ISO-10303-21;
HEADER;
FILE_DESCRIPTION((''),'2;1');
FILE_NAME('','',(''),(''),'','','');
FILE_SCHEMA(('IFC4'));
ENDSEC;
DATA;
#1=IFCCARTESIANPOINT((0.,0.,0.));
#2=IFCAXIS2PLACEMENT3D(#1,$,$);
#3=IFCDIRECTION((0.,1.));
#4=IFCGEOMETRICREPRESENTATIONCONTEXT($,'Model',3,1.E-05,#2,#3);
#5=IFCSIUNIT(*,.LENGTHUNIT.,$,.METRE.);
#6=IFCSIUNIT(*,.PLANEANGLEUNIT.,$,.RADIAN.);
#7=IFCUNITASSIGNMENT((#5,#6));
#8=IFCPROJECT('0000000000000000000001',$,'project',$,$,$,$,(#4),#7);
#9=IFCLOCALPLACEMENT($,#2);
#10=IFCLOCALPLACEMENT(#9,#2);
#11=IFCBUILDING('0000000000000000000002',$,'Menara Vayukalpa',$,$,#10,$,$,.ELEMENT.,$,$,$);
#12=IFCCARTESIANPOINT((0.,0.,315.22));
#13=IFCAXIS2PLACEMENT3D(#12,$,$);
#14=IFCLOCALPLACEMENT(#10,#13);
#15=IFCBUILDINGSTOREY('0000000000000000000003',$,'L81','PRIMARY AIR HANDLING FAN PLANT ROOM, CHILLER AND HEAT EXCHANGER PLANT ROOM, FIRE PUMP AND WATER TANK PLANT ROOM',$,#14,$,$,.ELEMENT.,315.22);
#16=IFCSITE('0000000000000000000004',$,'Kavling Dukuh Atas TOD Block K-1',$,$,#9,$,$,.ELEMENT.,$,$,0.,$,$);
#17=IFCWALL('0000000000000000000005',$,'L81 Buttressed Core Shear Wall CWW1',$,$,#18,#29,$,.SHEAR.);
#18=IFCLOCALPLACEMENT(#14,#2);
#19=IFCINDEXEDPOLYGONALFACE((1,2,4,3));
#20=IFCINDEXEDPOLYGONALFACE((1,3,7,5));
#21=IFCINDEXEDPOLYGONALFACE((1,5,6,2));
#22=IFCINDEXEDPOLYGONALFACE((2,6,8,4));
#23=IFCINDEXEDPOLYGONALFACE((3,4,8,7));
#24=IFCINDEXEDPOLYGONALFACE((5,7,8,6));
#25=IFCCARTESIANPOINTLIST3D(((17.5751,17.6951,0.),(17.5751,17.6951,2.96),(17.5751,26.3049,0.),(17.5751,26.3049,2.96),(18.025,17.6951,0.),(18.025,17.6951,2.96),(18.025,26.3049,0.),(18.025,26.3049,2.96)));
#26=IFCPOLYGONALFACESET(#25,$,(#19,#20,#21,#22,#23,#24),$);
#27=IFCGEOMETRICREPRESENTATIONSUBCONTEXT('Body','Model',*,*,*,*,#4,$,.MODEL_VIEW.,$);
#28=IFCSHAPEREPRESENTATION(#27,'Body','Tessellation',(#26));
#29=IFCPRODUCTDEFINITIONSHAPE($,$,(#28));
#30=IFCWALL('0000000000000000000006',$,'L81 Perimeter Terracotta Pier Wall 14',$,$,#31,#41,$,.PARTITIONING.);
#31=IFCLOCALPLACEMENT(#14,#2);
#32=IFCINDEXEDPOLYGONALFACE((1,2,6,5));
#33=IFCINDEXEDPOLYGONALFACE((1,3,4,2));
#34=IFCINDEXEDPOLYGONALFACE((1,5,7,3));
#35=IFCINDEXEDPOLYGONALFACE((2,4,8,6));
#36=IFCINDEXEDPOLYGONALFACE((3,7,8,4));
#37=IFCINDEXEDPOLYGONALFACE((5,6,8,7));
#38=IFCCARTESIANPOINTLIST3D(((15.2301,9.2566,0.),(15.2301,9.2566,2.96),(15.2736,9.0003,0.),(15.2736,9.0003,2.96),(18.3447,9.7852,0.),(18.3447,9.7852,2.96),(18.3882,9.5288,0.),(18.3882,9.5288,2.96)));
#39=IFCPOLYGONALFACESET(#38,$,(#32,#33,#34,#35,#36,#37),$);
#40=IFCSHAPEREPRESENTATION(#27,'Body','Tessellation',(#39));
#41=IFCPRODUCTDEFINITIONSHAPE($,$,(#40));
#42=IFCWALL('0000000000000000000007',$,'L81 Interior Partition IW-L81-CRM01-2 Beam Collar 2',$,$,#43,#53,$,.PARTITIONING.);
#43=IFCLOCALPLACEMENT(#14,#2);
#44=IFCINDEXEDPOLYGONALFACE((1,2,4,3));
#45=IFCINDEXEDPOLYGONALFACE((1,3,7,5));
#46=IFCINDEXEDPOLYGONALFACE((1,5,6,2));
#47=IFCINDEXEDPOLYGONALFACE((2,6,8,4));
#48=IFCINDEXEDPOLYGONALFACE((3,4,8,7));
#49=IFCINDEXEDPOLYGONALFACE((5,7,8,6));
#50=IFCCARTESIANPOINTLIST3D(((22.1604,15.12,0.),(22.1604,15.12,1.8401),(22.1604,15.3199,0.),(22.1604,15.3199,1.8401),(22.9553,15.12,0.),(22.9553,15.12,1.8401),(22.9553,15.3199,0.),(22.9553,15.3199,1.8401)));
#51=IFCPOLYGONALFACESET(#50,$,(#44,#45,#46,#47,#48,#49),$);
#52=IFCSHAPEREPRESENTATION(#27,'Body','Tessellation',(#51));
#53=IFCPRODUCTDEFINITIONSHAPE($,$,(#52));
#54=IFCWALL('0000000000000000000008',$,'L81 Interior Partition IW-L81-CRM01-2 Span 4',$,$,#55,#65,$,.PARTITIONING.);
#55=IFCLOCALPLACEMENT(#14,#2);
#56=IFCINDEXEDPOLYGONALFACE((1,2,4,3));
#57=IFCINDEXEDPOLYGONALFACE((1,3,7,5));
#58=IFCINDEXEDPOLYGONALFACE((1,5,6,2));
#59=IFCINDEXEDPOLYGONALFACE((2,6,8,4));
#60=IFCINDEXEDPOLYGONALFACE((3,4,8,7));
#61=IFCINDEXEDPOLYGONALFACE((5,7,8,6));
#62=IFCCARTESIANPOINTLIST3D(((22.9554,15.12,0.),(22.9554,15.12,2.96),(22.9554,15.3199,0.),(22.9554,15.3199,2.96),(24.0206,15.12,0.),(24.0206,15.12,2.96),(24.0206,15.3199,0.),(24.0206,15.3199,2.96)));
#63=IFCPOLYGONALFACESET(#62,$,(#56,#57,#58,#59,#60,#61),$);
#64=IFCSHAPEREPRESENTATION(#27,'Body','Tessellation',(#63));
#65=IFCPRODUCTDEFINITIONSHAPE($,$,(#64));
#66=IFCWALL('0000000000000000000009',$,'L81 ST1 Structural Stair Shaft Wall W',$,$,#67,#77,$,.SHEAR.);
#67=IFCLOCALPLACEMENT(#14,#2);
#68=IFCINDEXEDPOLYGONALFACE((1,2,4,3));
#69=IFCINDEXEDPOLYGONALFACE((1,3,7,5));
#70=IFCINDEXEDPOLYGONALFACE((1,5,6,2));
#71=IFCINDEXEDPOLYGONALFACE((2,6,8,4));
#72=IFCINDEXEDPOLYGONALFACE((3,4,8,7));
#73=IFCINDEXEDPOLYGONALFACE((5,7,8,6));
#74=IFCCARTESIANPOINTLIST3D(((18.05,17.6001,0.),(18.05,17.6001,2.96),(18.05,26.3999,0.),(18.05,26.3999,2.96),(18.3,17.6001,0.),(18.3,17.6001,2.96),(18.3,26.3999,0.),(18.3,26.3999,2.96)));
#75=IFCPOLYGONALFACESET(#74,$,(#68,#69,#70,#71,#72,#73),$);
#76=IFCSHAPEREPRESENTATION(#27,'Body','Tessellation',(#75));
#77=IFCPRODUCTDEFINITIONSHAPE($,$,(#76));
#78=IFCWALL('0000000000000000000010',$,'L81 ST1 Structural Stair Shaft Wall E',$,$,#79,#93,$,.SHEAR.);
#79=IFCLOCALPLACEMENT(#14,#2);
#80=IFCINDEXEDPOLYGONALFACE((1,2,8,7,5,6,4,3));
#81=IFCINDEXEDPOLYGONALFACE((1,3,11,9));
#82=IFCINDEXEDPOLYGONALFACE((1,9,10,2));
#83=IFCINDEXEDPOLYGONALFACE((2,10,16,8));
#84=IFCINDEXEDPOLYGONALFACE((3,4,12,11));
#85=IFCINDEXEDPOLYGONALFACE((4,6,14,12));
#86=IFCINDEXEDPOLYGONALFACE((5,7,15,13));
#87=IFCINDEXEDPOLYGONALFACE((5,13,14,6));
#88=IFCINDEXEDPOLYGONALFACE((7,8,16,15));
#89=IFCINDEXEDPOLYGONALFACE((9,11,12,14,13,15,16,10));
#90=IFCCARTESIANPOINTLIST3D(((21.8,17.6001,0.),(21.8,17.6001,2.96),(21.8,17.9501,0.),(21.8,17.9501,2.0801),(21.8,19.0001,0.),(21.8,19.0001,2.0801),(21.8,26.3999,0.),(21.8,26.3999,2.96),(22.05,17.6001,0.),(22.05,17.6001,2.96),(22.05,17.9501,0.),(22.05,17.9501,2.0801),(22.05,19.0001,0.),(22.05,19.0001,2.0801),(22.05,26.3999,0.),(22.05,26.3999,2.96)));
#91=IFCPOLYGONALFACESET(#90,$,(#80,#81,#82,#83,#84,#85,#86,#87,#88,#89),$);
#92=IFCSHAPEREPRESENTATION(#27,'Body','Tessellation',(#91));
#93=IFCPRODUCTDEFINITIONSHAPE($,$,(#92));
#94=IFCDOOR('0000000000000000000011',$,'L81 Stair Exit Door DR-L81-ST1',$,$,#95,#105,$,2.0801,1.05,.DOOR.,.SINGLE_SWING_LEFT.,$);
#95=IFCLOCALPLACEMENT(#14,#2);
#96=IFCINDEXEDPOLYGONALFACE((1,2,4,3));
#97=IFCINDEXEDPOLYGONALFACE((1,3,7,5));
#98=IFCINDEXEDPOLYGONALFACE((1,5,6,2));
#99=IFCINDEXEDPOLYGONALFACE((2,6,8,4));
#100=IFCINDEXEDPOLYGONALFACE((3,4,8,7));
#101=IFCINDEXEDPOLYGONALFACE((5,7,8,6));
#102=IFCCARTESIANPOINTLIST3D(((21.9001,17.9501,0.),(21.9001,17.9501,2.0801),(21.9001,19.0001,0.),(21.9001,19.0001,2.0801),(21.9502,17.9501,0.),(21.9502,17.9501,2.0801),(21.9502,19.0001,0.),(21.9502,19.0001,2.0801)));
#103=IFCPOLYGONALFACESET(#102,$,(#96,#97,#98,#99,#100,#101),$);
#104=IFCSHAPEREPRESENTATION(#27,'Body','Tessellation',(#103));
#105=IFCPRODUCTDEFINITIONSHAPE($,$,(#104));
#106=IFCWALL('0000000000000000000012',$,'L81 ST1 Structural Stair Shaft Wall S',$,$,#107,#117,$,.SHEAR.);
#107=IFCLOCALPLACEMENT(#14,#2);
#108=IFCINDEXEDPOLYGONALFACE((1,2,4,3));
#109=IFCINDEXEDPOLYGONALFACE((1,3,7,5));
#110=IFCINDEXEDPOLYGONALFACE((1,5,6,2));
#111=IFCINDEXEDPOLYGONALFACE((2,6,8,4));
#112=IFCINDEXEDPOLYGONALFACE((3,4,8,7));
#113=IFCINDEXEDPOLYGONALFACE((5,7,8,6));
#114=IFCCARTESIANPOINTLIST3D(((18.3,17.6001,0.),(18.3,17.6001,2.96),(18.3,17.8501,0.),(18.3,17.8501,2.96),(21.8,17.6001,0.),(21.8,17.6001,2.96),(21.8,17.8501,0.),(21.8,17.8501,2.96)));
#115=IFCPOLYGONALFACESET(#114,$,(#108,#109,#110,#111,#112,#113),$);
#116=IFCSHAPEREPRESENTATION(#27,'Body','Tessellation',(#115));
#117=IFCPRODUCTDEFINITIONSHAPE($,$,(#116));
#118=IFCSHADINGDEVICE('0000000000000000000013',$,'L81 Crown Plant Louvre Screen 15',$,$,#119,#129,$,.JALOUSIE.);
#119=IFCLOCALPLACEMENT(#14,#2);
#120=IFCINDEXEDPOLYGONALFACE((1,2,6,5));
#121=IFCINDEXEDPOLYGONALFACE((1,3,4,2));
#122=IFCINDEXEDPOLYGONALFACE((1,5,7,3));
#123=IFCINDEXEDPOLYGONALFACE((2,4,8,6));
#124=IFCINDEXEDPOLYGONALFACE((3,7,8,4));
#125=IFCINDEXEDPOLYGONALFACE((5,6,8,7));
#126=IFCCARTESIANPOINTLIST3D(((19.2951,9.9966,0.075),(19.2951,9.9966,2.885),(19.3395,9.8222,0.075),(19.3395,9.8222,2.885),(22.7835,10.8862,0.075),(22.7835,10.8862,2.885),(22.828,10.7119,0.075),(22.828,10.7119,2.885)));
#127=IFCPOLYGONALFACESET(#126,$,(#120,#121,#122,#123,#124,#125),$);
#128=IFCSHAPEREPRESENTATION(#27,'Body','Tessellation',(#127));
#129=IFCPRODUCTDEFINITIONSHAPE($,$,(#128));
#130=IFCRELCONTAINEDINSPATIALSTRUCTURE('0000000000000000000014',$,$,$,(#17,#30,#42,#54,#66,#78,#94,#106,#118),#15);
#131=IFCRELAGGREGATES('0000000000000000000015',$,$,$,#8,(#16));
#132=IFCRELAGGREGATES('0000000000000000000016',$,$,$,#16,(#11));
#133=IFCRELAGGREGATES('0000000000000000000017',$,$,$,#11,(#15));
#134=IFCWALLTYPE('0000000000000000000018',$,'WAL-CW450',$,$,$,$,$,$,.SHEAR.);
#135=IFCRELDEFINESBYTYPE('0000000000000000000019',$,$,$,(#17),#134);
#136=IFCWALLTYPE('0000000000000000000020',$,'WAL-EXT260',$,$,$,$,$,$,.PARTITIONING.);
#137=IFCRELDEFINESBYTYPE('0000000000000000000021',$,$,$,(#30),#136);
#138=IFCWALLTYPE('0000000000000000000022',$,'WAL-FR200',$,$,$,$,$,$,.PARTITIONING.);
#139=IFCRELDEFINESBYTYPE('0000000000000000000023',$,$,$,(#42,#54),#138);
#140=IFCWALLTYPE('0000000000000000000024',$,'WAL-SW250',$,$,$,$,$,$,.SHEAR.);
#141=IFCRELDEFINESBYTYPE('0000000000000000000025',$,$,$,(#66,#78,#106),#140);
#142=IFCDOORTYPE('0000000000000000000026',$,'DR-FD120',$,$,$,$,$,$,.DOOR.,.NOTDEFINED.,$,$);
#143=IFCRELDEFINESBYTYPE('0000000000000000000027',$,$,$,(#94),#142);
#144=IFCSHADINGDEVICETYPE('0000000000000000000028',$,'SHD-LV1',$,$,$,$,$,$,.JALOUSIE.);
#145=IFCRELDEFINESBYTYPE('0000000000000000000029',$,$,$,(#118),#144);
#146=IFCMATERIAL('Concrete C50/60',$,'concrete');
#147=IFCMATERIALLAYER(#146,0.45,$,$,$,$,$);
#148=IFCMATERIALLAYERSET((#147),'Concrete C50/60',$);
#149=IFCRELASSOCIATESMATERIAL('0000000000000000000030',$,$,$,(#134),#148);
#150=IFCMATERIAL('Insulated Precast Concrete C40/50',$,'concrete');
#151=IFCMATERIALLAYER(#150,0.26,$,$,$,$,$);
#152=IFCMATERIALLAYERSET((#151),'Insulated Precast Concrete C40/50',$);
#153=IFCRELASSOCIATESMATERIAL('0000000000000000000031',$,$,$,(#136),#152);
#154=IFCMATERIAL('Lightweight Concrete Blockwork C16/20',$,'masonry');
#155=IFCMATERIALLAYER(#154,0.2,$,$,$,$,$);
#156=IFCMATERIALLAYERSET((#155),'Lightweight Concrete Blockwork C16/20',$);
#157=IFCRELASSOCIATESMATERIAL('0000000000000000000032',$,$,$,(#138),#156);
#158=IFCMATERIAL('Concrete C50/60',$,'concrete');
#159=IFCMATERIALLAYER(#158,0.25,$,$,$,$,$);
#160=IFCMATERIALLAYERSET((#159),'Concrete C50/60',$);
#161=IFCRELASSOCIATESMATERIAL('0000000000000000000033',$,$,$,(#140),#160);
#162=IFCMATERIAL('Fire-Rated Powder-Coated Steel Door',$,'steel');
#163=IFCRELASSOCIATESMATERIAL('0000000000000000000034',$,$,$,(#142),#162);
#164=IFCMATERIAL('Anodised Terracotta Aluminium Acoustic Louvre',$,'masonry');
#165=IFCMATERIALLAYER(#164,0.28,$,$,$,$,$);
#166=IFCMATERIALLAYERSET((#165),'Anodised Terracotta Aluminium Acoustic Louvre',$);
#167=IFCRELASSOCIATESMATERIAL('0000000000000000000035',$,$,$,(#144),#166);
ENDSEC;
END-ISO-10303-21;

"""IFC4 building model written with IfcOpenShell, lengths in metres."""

from ifc_helpers import new_model, si_unit, direction, frame, frame_2d, origin, origin_2d, place, context, subcontext, project, spatial, rectangle, extrude, material, layer, layer_set, type_object, element, fill, save


model = new_model("IFC4")

# Units and contexts
model_context = context("Model", 3, precision=1e-05, world=origin(), true_north=direction((0.0, 1.0)))
body_context = subcontext(model_context, "Body", "Model", "MODEL_VIEW")
ifc_project = project(units=[si_unit("LENGTHUNIT", "METRE"), si_unit("PLANEANGLEUNIT", "RADIAN")], contexts=[model_context])

# Site, building, storey
site_placement = place(None, origin())
site = spatial("IfcSite", under=ifc_project, at=site_placement, Name="Kavling Dukuh Atas TOD Block K-1", CompositionType="ELEMENT", RefElevation=0.0)
building_placement = place(site_placement, origin())
building = spatial("IfcBuilding", under=site, at=building_placement, Name="Menara Vayukalpa", CompositionType="ELEMENT")
storey_placement = place(building_placement, frame((0.0, 0.0, 315.22)))
storey = spatial("IfcBuildingStorey", under=building, at=storey_placement, Name="L81", Description="PRIMARY AIR HANDLING FAN PLANT ROOM, CHILLER AND HEAT EXCHANGER PLANT ROOM, FIRE PUMP AND WATER TANK PLANT ROOM", CompositionType="ELEMENT", Elevation=315.22)

# Walls
ifc_material_1 = material(Name="Concrete C50/60", Category="concrete")
ifc_layer_1 = layer(ifc_material_1, 0.45)
ifc_layer_set_1 = layer_set([ifc_layer_1], Name="Concrete C50/60")
wall_type_1 = type_object("IfcWallType", Name="WAL-CW450", PredefinedType="SHEAR", material=ifc_layer_set_1)
wall_1_placement = place(storey_placement, frame((17.8, 17.6951, 0.0), z_axis=(0.0, 0.0, 1.0), x_axis=(0.0, 1.0, 0.0)))
element("IfcWall", 1, at=wall_1_placement, inside=storey, type_object=wall_type_1, Name="L81 Buttressed Core Shear Wall CWW1", PredefinedType="SHEAR", context=body_context, shape_type="SweptSolid", body=[
    extrude(rectangle(XDim=8.6099, YDim=0.45, at=frame_2d((4.3049, 0.0))), origin(), (0.0, 0.0, 1.0), 2.96),
])
ifc_material_2 = material(Name="Insulated Precast Concrete C40/50", Category="concrete")
ifc_layer_2 = layer(ifc_material_2, 0.26)
ifc_layer_set_2 = layer_set([ifc_layer_2], Name="Insulated Precast Concrete C40/50")
wall_type_2 = type_object("IfcWallType", Name="WAL-EXT260", PredefinedType="PARTITIONING", material=ifc_layer_set_2)
wall_2_placement = place(storey_placement, frame((18.3665, 9.657, 0.0), z_axis=(0.0, 0.0, 1.0), x_axis=(-0.985905, -0.167306, 0.0)))
element("IfcWall", 2, at=wall_2_placement, inside=storey, type_object=wall_type_2, Name="L81 Perimeter Terracotta Pier Wall 14", PredefinedType="PARTITIONING", context=body_context, shape_type="SweptSolid", body=[
    extrude(rectangle(XDim=3.1592, YDim=0.26, at=frame_2d((1.5796, 0.0))), origin(), (0.0, 0.0, 1.0), 2.96),
])
ifc_material_3 = material(Name="Lightweight Concrete Blockwork C16/20", Category="masonry")
ifc_layer_3 = layer(ifc_material_3, 0.2)
ifc_layer_set_3 = layer_set([ifc_layer_3], Name="Lightweight Concrete Blockwork C16/20")
wall_type_3 = type_object("IfcWallType", Name="WAL-FR200", PredefinedType="PARTITIONING", material=ifc_layer_set_3)
wall_3_placement = place(storey_placement, frame((22.1604, 15.22, 0.0), z_axis=(0.0, 0.0, 1.0), x_axis=(1.0, 0.0, 0.0)))
element("IfcWall", 3, at=wall_3_placement, inside=storey, type_object=wall_type_3, Name="L81 Interior Partition IW-L81-CRM01-2 Beam Collar 2", PredefinedType="PARTITIONING", context=body_context, shape_type="SweptSolid", body=[
    extrude(rectangle(XDim=0.7949, YDim=0.2, at=frame_2d((0.3975, 0.0))), origin(), (0.0, 0.0, 1.0), 1.8401),
])
wall_4_placement = place(storey_placement, frame((22.9553, 15.22, 0.0), z_axis=(0.0, 0.0, 1.0), x_axis=(1.0, 0.0, 0.0)))
element("IfcWall", 4, at=wall_4_placement, inside=storey, type_object=wall_type_3, Name="L81 Interior Partition IW-L81-CRM01-2 Span 4", PredefinedType="PARTITIONING", context=body_context, shape_type="SweptSolid", body=[
    extrude(rectangle(XDim=1.0652, YDim=0.2, at=frame_2d((0.5327, 0.0))), origin(), (0.0, 0.0, 1.0), 2.96),
])
ifc_material_4 = material(Name="Concrete C50/60", Category="concrete")
ifc_layer_4 = layer(ifc_material_4, 0.25)
ifc_layer_set_4 = layer_set([ifc_layer_4], Name="Concrete C50/60")
wall_type_4 = type_object("IfcWallType", Name="WAL-SW250", PredefinedType="SHEAR", material=ifc_layer_set_4)
wall_5_placement = place(storey_placement, frame((18.175, 17.6001, 0.0), z_axis=(0.0, 0.0, 1.0), x_axis=(0.0, 1.0, 0.0)))
element("IfcWall", 5, at=wall_5_placement, inside=storey, type_object=wall_type_4, Name="L81 ST1 Structural Stair Shaft Wall W", PredefinedType="SHEAR", context=body_context, shape_type="SweptSolid", body=[
    extrude(rectangle(XDim=8.7998, YDim=0.25, at=frame_2d((4.3999, 0.0))), origin(), (0.0, 0.0, 1.0), 2.96),
])

# Wall, opening, door
wall_6_placement = place(storey_placement, frame((21.925, 17.6001, 0.0), z_axis=(0.0, 0.0, 1.0), x_axis=(0.0, 1.0, 0.0)))
wall_6 = element("IfcWall", 6, at=wall_6_placement, inside=storey, type_object=wall_type_4, Name="L81 ST1 Structural Stair Shaft Wall E", PredefinedType="SHEAR", context=body_context, shape_type="SweptSolid", body=[
    extrude(rectangle(XDim=8.7998, YDim=0.25, at=frame_2d((4.3999, 0.0))), origin(), (0.0, 0.0, 1.0), 2.96),
])
opening_placement = place(wall_6_placement, frame((0.3501, 0.0, 0.0)))
opening = element("IfcOpeningElement", 7, at=opening_placement, cuts=wall_6, PredefinedType="OPENING", context=body_context, shape_type="SweptSolid", body=[
    extrude(rectangle(XDim=1.05, YDim=2.0801, at=frame_2d((0.5249, 1.04))), frame((0.0, 0.135, 0.0), z_axis=(0.0, -1.0, 0.0), x_axis=(1.0, 0.0, 0.0)), (0.0, 0.0, 1.0), 0.27),
])
ifc_material_5 = material(Name="Fire-Rated Powder-Coated Steel Door", Category="steel")
door_type = type_object("IfcDoorType", Name="DR-FD120", OperationType="NOTDEFINED", PredefinedType="DOOR", material=ifc_material_5)
door_placement = place(opening_placement, origin())
door = element("IfcDoor", 8, at=door_placement, inside=storey, type_object=door_type, Name="L81 Stair Exit Door DR-L81-ST1", OperationType="SINGLE_SWING_LEFT", OverallHeight=2.0801, OverallWidth=1.05, PredefinedType="DOOR", context=body_context, shape_type="SweptSolid", body=[
    extrude(rectangle(XDim=1.05, YDim=2.0801, at=frame_2d((0.5249, 1.04))), frame((0.0, 0.0249, 0.0), z_axis=(0.0, -1.0, 0.0), x_axis=(1.0, 0.0, 0.0)), (0.0, 0.0, 1.0), 0.05),
])
fill(opening, door)

# Wall
wall_7_placement = place(storey_placement, frame((18.3, 17.7251, 0.0), z_axis=(0.0, 0.0, 1.0), x_axis=(1.0, 0.0, 0.0)))
element("IfcWall", 9, at=wall_7_placement, inside=storey, type_object=wall_type_4, Name="L81 ST1 Structural Stair Shaft Wall S", PredefinedType="SHEAR", context=body_context, shape_type="SweptSolid", body=[
    extrude(rectangle(XDim=3.5, YDim=0.25, at=frame_2d((1.75, 0.0))), origin(), (0.0, 0.0, 1.0), 2.96),
])

# Shading device
ifc_material_6 = material(Name="Anodised Terracotta Aluminium Acoustic Louvre", Category="masonry")
ifc_layer_5 = layer(ifc_material_6, 0.28)
ifc_layer_set_5 = layer_set([ifc_layer_5], Name="Anodised Terracotta Aluminium Acoustic Louvre")
shading_device_type = type_object("IfcShadingDeviceType", Name="SHD-LV1", PredefinedType="JALOUSIE", material=ifc_layer_set_5)
shading_device_placement = place(storey_placement, frame((21.0615, 10.3542, 0.075), z_axis=(0.0, 0.0, 1.0), x_axis=(0.968986, 0.247117, 0.0)))
element("IfcShadingDevice", 10, at=shading_device_placement, inside=storey, type_object=shading_device_type, Name="L81 Crown Plant Louvre Screen 15", PredefinedType="JALOUSIE", context=body_context, shape_type="SweptSolid", body=[
    extrude(rectangle(XDim=3.6001, YDim=0.1799, at=origin_2d()), origin(), (0.0, 0.0, 1.0), 2.8101),
])

save(model, "model.ifc")
